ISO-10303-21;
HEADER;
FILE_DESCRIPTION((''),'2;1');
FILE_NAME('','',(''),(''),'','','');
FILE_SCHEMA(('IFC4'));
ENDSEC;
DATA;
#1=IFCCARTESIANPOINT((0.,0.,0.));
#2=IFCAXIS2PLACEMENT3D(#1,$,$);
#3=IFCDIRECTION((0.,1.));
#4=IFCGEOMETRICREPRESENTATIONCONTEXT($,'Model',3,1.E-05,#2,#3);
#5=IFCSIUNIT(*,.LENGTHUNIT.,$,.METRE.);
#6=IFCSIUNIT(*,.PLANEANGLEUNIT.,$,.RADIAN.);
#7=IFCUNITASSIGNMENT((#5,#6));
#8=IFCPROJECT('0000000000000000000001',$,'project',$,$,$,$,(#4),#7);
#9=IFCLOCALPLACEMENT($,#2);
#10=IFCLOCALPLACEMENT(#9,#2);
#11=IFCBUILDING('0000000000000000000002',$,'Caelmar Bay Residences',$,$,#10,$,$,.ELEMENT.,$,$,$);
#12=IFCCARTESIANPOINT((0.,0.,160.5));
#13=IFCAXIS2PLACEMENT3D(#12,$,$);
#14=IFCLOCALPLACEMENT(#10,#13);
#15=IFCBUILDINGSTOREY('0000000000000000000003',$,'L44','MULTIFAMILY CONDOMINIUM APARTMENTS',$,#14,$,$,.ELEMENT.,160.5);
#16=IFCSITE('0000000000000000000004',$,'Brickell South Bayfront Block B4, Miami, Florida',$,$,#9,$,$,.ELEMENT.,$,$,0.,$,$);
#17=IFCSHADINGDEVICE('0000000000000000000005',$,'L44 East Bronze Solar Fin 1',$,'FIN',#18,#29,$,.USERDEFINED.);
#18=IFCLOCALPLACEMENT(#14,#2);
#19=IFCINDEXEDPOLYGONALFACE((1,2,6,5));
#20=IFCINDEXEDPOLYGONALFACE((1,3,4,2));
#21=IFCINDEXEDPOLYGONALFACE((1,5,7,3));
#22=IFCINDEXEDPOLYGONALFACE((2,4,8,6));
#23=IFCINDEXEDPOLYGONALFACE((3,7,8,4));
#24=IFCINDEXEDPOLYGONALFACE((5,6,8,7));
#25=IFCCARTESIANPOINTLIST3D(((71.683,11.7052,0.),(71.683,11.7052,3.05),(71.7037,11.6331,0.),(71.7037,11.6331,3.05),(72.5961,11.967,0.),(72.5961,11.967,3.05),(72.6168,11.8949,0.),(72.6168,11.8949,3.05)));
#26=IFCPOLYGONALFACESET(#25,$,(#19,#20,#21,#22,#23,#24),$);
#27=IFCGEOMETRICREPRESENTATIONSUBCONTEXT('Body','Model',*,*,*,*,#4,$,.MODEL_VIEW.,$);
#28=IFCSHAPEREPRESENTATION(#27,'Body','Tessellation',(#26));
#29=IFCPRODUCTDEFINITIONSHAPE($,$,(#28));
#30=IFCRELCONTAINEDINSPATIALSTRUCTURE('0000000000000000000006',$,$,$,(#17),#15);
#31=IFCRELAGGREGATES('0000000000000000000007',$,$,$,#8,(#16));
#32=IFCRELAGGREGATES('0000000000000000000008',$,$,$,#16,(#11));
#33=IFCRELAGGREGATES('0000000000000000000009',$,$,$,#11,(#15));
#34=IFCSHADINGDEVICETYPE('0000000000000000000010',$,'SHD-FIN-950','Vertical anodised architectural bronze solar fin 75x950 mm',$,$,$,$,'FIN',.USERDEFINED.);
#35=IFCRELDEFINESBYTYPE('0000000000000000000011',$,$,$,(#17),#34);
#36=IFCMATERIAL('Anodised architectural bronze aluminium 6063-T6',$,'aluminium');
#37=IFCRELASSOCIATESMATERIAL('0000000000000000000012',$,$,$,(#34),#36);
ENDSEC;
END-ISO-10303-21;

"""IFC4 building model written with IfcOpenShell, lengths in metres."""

from ifc_helpers import new_model, si_unit, direction, frame, origin, origin_2d, place, context, subcontext, project, spatial, rectangle, extrude, material, material_profile, profile_set, type_object, element, save


model = new_model("IFC4")

# Units and contexts
model_context = context("Model", 3, precision=1e-05, world=origin(), true_north=direction((0.0, 1.0)))
body_context = subcontext(model_context, "Body", "Model", "MODEL_VIEW")
ifc_project = project(units=[si_unit("LENGTHUNIT", "METRE"), si_unit("PLANEANGLEUNIT", "RADIAN")], contexts=[model_context])

# Site, building, storey
site_placement = place(None, origin())
site = spatial("IfcSite", under=ifc_project, at=site_placement, Name="Brickell South Bayfront Block B4, Miami, Florida", CompositionType="ELEMENT", RefElevation=0.0)
building_placement = place(site_placement, origin())
building = spatial("IfcBuilding", under=site, at=building_placement, Name="Caelmar Bay Residences", CompositionType="ELEMENT")
storey_placement = place(building_placement, frame((0.0, 0.0, 160.5)))
storey = spatial("IfcBuildingStorey", under=building, at=storey_placement, Name="L44", Description="MULTIFAMILY CONDOMINIUM APARTMENTS", CompositionType="ELEMENT", Elevation=160.5)

# Shading device
ifc_material_1 = material(Name="Anodised architectural bronze aluminium 6063-T6", Category="aluminium")
ifc_material_profile_1 = material_profile(ifc_material_1, rectangle(XDim=0.075, YDim=0.95, at=origin_2d()), Name="BRONZE-FIN-75X950")
ifc_profile_set_1 = profile_set([ifc_material_profile_1], Name="Anodised architectural bronze aluminium 6063-T6")
shading_device_type = type_object("IfcShadingDeviceType", Name="SHD-FIN-950", Description="Vertical anodised architectural bronze solar fin 75x950 mm", ElementType="FIN", PredefinedType="USERDEFINED", material=ifc_profile_set_1)
shading_device_placement = place(storey_placement, frame((72.1499, 11.8, 0.0), z_axis=(0.0, 0.0, 1.0), x_axis=(-0.275637, 0.961262, 0.0)))
element("IfcShadingDevice", 1, at=shading_device_placement, inside=storey, type_object=shading_device_type, Name="L44 East Bronze Solar Fin 1", ObjectType="FIN", PredefinedType="USERDEFINED", context=body_context, shape_type="SweptSolid", body=[
    extrude(rectangle(XDim=0.075, YDim=0.95, at=origin_2d()), origin(), (0.0, 0.0, 1.0), 3.05),
])

save(model, "model.ifc")
